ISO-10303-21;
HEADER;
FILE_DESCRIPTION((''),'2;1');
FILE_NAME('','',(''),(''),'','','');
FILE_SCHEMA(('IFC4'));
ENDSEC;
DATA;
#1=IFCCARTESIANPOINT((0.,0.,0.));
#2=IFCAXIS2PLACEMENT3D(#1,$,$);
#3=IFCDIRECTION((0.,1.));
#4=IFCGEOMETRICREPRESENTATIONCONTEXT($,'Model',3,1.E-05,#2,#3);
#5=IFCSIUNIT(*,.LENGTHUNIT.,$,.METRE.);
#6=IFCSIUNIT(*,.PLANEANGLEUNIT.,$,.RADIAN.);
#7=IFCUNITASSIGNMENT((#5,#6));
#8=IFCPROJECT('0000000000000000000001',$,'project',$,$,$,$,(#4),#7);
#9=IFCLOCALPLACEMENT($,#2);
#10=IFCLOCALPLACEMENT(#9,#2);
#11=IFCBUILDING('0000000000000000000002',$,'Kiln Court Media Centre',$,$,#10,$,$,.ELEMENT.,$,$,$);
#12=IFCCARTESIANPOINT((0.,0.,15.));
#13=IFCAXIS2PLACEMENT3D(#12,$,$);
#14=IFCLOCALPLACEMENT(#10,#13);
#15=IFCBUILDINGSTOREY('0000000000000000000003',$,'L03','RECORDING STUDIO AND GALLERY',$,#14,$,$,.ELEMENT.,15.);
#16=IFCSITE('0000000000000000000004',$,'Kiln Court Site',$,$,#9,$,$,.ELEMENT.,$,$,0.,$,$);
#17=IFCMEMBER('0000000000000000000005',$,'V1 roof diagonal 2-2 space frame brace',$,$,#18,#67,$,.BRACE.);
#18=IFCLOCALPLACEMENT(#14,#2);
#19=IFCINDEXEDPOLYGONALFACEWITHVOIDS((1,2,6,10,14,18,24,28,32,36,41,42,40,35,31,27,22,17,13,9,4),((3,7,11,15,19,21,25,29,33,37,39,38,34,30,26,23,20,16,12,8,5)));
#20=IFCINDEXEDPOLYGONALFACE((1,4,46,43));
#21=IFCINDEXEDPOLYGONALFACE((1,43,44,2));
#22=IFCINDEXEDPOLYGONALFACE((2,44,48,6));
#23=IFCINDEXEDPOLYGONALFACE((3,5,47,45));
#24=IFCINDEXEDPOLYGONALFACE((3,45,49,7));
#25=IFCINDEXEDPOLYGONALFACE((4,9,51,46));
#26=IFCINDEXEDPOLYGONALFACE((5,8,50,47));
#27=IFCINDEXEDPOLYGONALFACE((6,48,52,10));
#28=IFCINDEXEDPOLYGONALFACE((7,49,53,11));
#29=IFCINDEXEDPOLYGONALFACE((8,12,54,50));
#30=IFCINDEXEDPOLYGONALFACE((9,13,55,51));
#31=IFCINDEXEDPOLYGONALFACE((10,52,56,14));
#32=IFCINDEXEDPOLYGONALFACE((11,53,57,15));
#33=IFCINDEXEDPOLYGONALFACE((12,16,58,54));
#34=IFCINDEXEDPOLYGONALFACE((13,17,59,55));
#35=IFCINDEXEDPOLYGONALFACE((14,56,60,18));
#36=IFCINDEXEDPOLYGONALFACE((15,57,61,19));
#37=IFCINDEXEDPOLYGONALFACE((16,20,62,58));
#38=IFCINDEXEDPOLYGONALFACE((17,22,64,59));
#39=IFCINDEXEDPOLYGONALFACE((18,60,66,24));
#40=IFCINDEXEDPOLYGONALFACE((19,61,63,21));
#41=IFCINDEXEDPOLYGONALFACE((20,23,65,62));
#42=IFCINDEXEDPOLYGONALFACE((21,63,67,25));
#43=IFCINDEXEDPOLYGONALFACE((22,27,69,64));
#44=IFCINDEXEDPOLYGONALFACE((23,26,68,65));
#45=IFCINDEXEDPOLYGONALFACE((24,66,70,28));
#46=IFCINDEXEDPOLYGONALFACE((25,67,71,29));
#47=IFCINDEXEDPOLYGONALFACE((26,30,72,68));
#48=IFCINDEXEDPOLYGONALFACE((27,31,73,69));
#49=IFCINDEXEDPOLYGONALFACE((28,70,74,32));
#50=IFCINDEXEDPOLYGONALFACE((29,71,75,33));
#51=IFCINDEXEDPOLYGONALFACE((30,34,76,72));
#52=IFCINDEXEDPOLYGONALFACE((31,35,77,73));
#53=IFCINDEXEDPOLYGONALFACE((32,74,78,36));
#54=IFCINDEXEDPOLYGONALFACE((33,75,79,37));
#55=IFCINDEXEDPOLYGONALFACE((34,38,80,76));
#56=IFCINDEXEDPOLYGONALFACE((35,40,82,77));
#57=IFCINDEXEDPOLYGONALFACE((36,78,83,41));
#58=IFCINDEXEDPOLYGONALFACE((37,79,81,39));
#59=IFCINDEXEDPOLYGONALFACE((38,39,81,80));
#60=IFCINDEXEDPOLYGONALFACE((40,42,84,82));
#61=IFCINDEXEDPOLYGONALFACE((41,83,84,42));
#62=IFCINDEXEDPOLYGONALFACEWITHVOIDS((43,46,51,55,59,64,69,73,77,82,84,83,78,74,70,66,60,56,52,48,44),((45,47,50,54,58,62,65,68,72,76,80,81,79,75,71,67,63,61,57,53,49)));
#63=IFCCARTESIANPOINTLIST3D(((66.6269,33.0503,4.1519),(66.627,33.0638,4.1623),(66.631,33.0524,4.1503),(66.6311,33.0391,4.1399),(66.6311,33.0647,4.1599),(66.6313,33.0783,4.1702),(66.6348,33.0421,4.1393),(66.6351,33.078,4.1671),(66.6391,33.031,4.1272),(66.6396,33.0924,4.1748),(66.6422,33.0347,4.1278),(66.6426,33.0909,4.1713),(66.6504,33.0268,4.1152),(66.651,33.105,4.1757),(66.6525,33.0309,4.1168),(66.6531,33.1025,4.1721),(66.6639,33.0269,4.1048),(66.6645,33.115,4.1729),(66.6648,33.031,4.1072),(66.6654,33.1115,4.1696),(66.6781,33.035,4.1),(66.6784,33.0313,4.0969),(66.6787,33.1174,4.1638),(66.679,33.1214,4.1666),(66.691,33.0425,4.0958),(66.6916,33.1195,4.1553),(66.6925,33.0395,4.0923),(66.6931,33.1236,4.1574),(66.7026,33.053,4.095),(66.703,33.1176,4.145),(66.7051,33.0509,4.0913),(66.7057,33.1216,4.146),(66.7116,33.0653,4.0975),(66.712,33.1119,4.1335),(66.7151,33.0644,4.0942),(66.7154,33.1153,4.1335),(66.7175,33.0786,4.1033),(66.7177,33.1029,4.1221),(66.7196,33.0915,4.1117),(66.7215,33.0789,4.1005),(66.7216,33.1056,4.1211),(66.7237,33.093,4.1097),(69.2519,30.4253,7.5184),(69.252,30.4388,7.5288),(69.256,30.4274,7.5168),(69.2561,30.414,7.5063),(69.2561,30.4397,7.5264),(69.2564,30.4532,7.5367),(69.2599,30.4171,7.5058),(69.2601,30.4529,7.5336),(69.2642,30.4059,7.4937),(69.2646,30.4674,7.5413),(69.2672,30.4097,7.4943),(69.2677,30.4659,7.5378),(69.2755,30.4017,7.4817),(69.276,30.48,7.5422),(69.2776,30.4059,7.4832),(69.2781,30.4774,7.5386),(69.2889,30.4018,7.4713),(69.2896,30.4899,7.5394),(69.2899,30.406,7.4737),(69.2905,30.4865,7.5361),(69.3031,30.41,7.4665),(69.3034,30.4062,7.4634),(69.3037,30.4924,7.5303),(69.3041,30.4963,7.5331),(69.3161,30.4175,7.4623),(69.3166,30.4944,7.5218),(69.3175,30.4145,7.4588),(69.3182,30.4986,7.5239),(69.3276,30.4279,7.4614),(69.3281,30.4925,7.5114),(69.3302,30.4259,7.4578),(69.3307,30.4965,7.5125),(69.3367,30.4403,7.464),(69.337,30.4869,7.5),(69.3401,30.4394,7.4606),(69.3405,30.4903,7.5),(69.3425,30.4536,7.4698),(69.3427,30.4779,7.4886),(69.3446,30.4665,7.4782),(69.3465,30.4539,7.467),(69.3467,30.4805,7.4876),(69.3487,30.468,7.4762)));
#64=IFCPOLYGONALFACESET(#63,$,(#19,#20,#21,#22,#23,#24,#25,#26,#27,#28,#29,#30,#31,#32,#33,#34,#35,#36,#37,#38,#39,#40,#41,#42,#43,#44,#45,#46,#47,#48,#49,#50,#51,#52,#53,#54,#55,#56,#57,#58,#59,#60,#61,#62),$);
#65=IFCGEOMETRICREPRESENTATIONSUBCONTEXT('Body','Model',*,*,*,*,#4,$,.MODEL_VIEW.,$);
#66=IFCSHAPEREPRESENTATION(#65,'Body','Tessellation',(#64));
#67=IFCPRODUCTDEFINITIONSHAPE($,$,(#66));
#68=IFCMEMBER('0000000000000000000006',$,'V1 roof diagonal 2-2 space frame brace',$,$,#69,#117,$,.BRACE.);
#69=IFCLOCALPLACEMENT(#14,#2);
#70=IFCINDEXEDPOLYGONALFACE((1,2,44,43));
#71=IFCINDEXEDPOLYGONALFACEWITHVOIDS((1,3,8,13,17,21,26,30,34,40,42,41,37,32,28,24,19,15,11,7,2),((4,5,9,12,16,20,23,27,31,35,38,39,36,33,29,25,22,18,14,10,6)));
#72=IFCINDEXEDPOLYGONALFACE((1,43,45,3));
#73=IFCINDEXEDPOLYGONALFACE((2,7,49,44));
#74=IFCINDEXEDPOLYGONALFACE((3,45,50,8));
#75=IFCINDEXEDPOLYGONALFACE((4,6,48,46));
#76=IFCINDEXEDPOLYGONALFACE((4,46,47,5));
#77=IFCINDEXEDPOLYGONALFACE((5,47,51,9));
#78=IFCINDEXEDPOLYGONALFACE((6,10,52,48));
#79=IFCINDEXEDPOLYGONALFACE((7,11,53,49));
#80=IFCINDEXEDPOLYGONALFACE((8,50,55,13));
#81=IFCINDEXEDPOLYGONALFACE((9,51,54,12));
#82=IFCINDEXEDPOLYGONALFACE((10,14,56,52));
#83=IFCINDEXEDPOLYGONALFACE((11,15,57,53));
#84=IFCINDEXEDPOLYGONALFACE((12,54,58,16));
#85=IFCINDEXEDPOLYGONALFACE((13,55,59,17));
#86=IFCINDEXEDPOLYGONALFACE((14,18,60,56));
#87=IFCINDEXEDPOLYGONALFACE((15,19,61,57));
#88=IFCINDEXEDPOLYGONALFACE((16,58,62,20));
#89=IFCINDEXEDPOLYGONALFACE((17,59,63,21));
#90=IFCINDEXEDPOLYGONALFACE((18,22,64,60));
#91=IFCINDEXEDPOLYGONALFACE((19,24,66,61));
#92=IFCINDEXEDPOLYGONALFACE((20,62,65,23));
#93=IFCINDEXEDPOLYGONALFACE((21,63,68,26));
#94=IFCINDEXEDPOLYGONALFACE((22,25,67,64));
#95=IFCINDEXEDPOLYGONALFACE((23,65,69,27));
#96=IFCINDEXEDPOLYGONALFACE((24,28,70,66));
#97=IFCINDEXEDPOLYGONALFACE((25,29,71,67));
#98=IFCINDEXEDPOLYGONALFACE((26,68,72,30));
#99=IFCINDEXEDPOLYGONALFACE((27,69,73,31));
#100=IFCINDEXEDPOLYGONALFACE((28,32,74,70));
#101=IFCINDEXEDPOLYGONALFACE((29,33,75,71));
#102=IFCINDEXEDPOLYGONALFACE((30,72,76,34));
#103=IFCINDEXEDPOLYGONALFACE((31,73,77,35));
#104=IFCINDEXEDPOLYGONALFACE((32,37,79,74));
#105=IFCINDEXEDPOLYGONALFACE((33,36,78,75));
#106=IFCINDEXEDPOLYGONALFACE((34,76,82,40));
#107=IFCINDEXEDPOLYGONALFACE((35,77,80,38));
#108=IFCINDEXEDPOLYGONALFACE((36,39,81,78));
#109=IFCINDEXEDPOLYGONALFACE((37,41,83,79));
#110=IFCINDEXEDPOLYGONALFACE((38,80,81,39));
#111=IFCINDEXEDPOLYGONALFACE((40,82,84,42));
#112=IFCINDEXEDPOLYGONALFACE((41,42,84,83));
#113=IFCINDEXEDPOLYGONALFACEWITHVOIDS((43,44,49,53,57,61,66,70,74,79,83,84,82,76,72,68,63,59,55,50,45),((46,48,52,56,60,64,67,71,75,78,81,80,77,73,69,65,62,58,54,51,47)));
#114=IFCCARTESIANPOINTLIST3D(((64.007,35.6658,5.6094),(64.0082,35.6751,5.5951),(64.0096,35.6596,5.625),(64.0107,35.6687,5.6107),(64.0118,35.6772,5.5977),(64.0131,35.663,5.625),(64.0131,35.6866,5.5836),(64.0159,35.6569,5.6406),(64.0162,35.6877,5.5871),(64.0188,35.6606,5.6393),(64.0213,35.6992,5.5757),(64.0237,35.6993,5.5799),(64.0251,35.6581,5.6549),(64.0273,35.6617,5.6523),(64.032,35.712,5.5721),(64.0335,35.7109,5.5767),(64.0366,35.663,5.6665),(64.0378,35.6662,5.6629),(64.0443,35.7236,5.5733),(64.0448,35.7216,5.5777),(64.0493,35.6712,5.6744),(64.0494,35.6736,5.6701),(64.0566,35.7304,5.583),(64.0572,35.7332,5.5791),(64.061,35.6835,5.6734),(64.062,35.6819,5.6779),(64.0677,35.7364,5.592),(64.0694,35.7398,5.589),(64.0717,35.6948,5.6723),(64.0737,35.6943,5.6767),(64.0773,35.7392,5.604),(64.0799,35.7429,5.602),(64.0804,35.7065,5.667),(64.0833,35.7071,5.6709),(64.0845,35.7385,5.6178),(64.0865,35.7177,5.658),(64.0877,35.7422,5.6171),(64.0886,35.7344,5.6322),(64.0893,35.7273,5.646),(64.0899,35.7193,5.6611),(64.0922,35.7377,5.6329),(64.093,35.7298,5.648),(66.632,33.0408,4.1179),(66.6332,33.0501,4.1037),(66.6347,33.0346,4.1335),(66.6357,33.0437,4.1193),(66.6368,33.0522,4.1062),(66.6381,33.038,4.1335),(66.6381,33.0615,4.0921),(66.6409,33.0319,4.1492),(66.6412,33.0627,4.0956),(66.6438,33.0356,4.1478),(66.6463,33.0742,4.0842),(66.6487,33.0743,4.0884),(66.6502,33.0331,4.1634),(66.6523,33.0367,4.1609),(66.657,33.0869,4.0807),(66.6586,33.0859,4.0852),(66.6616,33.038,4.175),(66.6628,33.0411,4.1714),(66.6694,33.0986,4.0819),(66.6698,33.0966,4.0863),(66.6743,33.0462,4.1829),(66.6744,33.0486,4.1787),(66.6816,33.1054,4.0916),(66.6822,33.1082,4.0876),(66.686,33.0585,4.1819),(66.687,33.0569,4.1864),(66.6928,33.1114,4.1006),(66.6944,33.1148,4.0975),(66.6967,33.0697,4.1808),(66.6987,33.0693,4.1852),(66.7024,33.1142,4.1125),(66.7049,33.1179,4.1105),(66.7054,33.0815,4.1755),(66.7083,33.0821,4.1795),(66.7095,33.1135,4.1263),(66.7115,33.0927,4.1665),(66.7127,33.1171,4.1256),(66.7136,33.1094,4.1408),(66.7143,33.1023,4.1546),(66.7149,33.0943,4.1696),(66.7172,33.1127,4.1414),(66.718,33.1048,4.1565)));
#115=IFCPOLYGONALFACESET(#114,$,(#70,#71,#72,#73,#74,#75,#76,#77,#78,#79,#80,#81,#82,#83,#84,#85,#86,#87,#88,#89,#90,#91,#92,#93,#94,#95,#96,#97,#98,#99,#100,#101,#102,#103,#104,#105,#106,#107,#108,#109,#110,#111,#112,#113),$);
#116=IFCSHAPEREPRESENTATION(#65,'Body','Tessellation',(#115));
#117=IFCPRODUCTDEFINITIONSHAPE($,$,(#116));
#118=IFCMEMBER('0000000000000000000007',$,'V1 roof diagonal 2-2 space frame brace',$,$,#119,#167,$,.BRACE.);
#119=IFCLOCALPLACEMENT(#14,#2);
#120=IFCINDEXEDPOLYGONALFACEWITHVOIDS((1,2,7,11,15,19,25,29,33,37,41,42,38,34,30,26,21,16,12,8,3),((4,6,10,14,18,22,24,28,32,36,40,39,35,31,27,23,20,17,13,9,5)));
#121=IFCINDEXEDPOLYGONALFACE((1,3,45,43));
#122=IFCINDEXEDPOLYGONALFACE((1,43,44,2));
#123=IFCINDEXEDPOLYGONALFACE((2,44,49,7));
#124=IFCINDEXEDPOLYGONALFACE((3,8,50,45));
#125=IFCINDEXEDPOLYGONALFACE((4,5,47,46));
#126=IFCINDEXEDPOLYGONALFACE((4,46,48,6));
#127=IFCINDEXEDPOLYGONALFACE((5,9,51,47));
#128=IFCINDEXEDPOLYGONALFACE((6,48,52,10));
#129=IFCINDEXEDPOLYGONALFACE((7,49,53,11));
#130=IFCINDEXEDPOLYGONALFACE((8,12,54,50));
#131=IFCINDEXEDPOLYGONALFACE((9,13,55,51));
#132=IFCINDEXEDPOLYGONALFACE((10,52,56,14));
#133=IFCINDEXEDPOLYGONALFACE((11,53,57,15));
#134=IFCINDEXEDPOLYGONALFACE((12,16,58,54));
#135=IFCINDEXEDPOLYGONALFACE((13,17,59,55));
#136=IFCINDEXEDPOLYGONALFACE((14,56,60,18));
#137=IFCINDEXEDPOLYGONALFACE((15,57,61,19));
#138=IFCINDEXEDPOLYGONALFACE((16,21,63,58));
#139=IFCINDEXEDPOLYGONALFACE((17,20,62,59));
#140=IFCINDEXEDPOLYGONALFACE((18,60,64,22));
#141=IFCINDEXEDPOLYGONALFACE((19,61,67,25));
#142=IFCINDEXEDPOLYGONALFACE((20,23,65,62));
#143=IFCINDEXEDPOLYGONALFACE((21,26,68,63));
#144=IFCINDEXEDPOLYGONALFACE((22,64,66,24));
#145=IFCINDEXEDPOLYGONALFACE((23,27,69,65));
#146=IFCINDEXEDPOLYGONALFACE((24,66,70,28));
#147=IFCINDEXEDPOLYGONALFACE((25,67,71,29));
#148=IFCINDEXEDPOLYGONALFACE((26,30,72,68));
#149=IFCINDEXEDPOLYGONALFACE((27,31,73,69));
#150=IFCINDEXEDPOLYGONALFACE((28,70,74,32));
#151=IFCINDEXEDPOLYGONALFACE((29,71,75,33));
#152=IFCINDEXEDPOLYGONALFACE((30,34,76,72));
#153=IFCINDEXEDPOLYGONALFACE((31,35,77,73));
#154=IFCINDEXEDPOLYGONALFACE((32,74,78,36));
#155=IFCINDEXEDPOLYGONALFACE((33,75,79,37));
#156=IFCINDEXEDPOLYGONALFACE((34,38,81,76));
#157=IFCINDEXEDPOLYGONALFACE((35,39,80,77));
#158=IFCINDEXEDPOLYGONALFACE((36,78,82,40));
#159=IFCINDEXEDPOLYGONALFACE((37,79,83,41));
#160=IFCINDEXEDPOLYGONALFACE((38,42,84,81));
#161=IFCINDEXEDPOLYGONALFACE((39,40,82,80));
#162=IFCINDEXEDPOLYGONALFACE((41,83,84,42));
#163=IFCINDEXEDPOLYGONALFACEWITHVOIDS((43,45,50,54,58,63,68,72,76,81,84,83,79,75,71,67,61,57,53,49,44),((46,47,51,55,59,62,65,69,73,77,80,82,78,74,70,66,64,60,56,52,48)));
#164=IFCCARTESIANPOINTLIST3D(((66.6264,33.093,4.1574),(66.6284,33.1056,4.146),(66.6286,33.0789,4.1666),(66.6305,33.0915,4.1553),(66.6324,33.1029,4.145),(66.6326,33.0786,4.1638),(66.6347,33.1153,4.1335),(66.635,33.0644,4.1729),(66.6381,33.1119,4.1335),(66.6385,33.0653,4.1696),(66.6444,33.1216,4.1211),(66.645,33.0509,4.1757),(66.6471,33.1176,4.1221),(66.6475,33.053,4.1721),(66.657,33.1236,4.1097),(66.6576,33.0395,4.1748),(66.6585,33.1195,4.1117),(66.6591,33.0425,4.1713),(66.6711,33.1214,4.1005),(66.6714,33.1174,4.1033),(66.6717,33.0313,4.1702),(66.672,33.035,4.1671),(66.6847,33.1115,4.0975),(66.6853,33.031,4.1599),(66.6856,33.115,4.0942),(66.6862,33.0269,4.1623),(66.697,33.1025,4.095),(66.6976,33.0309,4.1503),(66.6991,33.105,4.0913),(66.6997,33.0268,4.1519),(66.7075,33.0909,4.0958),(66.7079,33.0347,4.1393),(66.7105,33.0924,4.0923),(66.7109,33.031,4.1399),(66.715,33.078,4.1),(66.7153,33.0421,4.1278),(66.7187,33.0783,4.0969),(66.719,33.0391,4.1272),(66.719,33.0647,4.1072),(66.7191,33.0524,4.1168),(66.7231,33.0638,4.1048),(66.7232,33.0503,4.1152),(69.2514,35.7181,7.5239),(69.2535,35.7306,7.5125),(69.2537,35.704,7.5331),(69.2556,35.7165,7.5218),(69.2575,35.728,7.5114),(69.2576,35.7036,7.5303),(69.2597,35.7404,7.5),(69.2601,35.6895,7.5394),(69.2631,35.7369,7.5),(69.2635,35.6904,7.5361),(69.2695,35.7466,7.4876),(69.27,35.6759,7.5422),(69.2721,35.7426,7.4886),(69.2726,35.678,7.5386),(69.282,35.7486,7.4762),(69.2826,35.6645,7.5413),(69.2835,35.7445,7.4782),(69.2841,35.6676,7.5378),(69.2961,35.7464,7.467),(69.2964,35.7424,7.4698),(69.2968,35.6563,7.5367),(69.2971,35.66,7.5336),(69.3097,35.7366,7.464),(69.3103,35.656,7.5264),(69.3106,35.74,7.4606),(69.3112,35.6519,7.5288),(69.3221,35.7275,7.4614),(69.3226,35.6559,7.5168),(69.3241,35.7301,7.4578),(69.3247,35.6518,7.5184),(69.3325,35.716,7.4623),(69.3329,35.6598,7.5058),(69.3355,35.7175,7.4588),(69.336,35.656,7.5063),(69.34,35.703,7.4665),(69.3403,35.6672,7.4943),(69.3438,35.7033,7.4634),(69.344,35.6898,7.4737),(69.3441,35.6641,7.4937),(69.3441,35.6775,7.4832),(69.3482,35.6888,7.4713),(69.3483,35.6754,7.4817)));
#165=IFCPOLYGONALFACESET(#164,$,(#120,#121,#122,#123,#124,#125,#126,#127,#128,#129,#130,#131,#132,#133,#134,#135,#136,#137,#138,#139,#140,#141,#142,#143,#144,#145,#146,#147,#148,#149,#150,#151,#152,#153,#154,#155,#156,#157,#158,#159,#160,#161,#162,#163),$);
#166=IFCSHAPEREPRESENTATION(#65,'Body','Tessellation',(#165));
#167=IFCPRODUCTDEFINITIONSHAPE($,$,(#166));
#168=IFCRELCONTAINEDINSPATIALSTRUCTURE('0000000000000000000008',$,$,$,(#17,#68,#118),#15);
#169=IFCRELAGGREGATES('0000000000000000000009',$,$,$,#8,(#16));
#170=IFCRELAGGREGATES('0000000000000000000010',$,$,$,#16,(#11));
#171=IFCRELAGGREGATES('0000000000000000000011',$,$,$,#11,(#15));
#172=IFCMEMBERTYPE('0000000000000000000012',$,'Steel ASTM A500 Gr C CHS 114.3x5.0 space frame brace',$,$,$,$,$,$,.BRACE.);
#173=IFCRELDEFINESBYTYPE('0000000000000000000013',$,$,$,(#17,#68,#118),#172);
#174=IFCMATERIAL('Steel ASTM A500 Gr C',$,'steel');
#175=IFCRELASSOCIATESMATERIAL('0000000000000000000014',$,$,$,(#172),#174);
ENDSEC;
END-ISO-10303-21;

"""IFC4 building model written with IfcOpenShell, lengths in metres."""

from ifc_helpers import new_model, si_unit, direction, frame, origin, origin_2d, place, context, subcontext, project, spatial, hollow_circle, extrude, material, material_profile, profile_set, type_object, element, save


model = new_model("IFC4")

# Units and contexts
model_context = context("Model", 3, precision=1e-05, world=origin(), true_north=direction((0.0, 1.0)))
body_context = subcontext(model_context, "Body", "Model", "MODEL_VIEW")
ifc_project = project(units=[si_unit("LENGTHUNIT", "METRE"), si_unit("PLANEANGLEUNIT", "RADIAN")], contexts=[model_context])

# Site, building, storey
site_placement = place(None, origin())
site = spatial("IfcSite", under=ifc_project, at=site_placement, Name="Kiln Court Site", CompositionType="ELEMENT", RefElevation=0.0)
building_placement = place(site_placement, origin())
building = spatial("IfcBuilding", under=site, at=building_placement, Name="Kiln Court Media Centre", CompositionType="ELEMENT")
storey_placement = place(building_placement, frame((0.0, 0.0, 15.0)))
storey = spatial("IfcBuildingStorey", under=building, at=storey_placement, Name="L03", Description="RECORDING STUDIO AND GALLERY", CompositionType="ELEMENT", Elevation=15.0)

# Members
ifc_material_1 = material(Name="Steel ASTM A500 Gr C", Category="steel")
ifc_material_profile_1 = material_profile(ifc_material_1, hollow_circle(Radius=0.0571, WallThickness=0.0049, at=origin_2d()), Name="CHS 114.3x5.0")
ifc_profile_set_1 = profile_set([ifc_material_profile_1], Name="Steel ASTM A500 Gr C")
member_type_1 = type_object("IfcMemberType", Name="Steel ASTM A500 Gr C CHS 114.3x5.0 space frame brace", PredefinedType="BRACE", material=ifc_profile_set_1)
member_1_placement = place(storey_placement, frame((66.675, 33.075, 4.1335), z_axis=(0.523804, -0.523804, 0.671758), x_axis=(0.707107, 0.707107, 0.0)))
element("IfcMember", 1, at=member_1_placement, inside=storey, type_object=member_type_1, Name="V1 roof diagonal 2-2 space frame brace", PredefinedType="BRACE", context=body_context, shape_type="SweptSolid", body=[
    extrude(hollow_circle(Radius=0.0571, WallThickness=0.0049, at=origin_2d()), origin(), (0.0, 0.0, 1.0), 5.0115),
])
member_2_placement = place(storey_placement, frame((66.675, 33.075, 4.1335), z_axis=(-0.656133, 0.656133, 0.372798), x_axis=(-0.707107, -0.707107, 0.0)))
element("IfcMember", 2, at=member_2_placement, inside=storey, type_object=member_type_1, Name="V1 roof diagonal 2-2 space frame brace", PredefinedType="BRACE", context=body_context, shape_type="SweptSolid", body=[
    extrude(hollow_circle(Radius=0.0571, WallThickness=0.0049, at=origin_2d()), origin(), (0.0, 0.0, 1.0), 4.0007),
])
member_3_placement = place(storey_placement, frame((66.675, 33.075, 4.1335), z_axis=(0.523804, 0.523804, 0.671758), x_axis=(-0.707107, 0.707107, 0.0)))
element("IfcMember", 3, at=member_3_placement, inside=storey, type_object=member_type_1, Name="V1 roof diagonal 2-2 space frame brace", PredefinedType="BRACE", context=body_context, shape_type="SweptSolid", body=[
    extrude(hollow_circle(Radius=0.0571, WallThickness=0.0049, at=origin_2d()), origin(), (0.0, 0.0, 1.0), 5.0115),
])

save(model, "model.ifc")
